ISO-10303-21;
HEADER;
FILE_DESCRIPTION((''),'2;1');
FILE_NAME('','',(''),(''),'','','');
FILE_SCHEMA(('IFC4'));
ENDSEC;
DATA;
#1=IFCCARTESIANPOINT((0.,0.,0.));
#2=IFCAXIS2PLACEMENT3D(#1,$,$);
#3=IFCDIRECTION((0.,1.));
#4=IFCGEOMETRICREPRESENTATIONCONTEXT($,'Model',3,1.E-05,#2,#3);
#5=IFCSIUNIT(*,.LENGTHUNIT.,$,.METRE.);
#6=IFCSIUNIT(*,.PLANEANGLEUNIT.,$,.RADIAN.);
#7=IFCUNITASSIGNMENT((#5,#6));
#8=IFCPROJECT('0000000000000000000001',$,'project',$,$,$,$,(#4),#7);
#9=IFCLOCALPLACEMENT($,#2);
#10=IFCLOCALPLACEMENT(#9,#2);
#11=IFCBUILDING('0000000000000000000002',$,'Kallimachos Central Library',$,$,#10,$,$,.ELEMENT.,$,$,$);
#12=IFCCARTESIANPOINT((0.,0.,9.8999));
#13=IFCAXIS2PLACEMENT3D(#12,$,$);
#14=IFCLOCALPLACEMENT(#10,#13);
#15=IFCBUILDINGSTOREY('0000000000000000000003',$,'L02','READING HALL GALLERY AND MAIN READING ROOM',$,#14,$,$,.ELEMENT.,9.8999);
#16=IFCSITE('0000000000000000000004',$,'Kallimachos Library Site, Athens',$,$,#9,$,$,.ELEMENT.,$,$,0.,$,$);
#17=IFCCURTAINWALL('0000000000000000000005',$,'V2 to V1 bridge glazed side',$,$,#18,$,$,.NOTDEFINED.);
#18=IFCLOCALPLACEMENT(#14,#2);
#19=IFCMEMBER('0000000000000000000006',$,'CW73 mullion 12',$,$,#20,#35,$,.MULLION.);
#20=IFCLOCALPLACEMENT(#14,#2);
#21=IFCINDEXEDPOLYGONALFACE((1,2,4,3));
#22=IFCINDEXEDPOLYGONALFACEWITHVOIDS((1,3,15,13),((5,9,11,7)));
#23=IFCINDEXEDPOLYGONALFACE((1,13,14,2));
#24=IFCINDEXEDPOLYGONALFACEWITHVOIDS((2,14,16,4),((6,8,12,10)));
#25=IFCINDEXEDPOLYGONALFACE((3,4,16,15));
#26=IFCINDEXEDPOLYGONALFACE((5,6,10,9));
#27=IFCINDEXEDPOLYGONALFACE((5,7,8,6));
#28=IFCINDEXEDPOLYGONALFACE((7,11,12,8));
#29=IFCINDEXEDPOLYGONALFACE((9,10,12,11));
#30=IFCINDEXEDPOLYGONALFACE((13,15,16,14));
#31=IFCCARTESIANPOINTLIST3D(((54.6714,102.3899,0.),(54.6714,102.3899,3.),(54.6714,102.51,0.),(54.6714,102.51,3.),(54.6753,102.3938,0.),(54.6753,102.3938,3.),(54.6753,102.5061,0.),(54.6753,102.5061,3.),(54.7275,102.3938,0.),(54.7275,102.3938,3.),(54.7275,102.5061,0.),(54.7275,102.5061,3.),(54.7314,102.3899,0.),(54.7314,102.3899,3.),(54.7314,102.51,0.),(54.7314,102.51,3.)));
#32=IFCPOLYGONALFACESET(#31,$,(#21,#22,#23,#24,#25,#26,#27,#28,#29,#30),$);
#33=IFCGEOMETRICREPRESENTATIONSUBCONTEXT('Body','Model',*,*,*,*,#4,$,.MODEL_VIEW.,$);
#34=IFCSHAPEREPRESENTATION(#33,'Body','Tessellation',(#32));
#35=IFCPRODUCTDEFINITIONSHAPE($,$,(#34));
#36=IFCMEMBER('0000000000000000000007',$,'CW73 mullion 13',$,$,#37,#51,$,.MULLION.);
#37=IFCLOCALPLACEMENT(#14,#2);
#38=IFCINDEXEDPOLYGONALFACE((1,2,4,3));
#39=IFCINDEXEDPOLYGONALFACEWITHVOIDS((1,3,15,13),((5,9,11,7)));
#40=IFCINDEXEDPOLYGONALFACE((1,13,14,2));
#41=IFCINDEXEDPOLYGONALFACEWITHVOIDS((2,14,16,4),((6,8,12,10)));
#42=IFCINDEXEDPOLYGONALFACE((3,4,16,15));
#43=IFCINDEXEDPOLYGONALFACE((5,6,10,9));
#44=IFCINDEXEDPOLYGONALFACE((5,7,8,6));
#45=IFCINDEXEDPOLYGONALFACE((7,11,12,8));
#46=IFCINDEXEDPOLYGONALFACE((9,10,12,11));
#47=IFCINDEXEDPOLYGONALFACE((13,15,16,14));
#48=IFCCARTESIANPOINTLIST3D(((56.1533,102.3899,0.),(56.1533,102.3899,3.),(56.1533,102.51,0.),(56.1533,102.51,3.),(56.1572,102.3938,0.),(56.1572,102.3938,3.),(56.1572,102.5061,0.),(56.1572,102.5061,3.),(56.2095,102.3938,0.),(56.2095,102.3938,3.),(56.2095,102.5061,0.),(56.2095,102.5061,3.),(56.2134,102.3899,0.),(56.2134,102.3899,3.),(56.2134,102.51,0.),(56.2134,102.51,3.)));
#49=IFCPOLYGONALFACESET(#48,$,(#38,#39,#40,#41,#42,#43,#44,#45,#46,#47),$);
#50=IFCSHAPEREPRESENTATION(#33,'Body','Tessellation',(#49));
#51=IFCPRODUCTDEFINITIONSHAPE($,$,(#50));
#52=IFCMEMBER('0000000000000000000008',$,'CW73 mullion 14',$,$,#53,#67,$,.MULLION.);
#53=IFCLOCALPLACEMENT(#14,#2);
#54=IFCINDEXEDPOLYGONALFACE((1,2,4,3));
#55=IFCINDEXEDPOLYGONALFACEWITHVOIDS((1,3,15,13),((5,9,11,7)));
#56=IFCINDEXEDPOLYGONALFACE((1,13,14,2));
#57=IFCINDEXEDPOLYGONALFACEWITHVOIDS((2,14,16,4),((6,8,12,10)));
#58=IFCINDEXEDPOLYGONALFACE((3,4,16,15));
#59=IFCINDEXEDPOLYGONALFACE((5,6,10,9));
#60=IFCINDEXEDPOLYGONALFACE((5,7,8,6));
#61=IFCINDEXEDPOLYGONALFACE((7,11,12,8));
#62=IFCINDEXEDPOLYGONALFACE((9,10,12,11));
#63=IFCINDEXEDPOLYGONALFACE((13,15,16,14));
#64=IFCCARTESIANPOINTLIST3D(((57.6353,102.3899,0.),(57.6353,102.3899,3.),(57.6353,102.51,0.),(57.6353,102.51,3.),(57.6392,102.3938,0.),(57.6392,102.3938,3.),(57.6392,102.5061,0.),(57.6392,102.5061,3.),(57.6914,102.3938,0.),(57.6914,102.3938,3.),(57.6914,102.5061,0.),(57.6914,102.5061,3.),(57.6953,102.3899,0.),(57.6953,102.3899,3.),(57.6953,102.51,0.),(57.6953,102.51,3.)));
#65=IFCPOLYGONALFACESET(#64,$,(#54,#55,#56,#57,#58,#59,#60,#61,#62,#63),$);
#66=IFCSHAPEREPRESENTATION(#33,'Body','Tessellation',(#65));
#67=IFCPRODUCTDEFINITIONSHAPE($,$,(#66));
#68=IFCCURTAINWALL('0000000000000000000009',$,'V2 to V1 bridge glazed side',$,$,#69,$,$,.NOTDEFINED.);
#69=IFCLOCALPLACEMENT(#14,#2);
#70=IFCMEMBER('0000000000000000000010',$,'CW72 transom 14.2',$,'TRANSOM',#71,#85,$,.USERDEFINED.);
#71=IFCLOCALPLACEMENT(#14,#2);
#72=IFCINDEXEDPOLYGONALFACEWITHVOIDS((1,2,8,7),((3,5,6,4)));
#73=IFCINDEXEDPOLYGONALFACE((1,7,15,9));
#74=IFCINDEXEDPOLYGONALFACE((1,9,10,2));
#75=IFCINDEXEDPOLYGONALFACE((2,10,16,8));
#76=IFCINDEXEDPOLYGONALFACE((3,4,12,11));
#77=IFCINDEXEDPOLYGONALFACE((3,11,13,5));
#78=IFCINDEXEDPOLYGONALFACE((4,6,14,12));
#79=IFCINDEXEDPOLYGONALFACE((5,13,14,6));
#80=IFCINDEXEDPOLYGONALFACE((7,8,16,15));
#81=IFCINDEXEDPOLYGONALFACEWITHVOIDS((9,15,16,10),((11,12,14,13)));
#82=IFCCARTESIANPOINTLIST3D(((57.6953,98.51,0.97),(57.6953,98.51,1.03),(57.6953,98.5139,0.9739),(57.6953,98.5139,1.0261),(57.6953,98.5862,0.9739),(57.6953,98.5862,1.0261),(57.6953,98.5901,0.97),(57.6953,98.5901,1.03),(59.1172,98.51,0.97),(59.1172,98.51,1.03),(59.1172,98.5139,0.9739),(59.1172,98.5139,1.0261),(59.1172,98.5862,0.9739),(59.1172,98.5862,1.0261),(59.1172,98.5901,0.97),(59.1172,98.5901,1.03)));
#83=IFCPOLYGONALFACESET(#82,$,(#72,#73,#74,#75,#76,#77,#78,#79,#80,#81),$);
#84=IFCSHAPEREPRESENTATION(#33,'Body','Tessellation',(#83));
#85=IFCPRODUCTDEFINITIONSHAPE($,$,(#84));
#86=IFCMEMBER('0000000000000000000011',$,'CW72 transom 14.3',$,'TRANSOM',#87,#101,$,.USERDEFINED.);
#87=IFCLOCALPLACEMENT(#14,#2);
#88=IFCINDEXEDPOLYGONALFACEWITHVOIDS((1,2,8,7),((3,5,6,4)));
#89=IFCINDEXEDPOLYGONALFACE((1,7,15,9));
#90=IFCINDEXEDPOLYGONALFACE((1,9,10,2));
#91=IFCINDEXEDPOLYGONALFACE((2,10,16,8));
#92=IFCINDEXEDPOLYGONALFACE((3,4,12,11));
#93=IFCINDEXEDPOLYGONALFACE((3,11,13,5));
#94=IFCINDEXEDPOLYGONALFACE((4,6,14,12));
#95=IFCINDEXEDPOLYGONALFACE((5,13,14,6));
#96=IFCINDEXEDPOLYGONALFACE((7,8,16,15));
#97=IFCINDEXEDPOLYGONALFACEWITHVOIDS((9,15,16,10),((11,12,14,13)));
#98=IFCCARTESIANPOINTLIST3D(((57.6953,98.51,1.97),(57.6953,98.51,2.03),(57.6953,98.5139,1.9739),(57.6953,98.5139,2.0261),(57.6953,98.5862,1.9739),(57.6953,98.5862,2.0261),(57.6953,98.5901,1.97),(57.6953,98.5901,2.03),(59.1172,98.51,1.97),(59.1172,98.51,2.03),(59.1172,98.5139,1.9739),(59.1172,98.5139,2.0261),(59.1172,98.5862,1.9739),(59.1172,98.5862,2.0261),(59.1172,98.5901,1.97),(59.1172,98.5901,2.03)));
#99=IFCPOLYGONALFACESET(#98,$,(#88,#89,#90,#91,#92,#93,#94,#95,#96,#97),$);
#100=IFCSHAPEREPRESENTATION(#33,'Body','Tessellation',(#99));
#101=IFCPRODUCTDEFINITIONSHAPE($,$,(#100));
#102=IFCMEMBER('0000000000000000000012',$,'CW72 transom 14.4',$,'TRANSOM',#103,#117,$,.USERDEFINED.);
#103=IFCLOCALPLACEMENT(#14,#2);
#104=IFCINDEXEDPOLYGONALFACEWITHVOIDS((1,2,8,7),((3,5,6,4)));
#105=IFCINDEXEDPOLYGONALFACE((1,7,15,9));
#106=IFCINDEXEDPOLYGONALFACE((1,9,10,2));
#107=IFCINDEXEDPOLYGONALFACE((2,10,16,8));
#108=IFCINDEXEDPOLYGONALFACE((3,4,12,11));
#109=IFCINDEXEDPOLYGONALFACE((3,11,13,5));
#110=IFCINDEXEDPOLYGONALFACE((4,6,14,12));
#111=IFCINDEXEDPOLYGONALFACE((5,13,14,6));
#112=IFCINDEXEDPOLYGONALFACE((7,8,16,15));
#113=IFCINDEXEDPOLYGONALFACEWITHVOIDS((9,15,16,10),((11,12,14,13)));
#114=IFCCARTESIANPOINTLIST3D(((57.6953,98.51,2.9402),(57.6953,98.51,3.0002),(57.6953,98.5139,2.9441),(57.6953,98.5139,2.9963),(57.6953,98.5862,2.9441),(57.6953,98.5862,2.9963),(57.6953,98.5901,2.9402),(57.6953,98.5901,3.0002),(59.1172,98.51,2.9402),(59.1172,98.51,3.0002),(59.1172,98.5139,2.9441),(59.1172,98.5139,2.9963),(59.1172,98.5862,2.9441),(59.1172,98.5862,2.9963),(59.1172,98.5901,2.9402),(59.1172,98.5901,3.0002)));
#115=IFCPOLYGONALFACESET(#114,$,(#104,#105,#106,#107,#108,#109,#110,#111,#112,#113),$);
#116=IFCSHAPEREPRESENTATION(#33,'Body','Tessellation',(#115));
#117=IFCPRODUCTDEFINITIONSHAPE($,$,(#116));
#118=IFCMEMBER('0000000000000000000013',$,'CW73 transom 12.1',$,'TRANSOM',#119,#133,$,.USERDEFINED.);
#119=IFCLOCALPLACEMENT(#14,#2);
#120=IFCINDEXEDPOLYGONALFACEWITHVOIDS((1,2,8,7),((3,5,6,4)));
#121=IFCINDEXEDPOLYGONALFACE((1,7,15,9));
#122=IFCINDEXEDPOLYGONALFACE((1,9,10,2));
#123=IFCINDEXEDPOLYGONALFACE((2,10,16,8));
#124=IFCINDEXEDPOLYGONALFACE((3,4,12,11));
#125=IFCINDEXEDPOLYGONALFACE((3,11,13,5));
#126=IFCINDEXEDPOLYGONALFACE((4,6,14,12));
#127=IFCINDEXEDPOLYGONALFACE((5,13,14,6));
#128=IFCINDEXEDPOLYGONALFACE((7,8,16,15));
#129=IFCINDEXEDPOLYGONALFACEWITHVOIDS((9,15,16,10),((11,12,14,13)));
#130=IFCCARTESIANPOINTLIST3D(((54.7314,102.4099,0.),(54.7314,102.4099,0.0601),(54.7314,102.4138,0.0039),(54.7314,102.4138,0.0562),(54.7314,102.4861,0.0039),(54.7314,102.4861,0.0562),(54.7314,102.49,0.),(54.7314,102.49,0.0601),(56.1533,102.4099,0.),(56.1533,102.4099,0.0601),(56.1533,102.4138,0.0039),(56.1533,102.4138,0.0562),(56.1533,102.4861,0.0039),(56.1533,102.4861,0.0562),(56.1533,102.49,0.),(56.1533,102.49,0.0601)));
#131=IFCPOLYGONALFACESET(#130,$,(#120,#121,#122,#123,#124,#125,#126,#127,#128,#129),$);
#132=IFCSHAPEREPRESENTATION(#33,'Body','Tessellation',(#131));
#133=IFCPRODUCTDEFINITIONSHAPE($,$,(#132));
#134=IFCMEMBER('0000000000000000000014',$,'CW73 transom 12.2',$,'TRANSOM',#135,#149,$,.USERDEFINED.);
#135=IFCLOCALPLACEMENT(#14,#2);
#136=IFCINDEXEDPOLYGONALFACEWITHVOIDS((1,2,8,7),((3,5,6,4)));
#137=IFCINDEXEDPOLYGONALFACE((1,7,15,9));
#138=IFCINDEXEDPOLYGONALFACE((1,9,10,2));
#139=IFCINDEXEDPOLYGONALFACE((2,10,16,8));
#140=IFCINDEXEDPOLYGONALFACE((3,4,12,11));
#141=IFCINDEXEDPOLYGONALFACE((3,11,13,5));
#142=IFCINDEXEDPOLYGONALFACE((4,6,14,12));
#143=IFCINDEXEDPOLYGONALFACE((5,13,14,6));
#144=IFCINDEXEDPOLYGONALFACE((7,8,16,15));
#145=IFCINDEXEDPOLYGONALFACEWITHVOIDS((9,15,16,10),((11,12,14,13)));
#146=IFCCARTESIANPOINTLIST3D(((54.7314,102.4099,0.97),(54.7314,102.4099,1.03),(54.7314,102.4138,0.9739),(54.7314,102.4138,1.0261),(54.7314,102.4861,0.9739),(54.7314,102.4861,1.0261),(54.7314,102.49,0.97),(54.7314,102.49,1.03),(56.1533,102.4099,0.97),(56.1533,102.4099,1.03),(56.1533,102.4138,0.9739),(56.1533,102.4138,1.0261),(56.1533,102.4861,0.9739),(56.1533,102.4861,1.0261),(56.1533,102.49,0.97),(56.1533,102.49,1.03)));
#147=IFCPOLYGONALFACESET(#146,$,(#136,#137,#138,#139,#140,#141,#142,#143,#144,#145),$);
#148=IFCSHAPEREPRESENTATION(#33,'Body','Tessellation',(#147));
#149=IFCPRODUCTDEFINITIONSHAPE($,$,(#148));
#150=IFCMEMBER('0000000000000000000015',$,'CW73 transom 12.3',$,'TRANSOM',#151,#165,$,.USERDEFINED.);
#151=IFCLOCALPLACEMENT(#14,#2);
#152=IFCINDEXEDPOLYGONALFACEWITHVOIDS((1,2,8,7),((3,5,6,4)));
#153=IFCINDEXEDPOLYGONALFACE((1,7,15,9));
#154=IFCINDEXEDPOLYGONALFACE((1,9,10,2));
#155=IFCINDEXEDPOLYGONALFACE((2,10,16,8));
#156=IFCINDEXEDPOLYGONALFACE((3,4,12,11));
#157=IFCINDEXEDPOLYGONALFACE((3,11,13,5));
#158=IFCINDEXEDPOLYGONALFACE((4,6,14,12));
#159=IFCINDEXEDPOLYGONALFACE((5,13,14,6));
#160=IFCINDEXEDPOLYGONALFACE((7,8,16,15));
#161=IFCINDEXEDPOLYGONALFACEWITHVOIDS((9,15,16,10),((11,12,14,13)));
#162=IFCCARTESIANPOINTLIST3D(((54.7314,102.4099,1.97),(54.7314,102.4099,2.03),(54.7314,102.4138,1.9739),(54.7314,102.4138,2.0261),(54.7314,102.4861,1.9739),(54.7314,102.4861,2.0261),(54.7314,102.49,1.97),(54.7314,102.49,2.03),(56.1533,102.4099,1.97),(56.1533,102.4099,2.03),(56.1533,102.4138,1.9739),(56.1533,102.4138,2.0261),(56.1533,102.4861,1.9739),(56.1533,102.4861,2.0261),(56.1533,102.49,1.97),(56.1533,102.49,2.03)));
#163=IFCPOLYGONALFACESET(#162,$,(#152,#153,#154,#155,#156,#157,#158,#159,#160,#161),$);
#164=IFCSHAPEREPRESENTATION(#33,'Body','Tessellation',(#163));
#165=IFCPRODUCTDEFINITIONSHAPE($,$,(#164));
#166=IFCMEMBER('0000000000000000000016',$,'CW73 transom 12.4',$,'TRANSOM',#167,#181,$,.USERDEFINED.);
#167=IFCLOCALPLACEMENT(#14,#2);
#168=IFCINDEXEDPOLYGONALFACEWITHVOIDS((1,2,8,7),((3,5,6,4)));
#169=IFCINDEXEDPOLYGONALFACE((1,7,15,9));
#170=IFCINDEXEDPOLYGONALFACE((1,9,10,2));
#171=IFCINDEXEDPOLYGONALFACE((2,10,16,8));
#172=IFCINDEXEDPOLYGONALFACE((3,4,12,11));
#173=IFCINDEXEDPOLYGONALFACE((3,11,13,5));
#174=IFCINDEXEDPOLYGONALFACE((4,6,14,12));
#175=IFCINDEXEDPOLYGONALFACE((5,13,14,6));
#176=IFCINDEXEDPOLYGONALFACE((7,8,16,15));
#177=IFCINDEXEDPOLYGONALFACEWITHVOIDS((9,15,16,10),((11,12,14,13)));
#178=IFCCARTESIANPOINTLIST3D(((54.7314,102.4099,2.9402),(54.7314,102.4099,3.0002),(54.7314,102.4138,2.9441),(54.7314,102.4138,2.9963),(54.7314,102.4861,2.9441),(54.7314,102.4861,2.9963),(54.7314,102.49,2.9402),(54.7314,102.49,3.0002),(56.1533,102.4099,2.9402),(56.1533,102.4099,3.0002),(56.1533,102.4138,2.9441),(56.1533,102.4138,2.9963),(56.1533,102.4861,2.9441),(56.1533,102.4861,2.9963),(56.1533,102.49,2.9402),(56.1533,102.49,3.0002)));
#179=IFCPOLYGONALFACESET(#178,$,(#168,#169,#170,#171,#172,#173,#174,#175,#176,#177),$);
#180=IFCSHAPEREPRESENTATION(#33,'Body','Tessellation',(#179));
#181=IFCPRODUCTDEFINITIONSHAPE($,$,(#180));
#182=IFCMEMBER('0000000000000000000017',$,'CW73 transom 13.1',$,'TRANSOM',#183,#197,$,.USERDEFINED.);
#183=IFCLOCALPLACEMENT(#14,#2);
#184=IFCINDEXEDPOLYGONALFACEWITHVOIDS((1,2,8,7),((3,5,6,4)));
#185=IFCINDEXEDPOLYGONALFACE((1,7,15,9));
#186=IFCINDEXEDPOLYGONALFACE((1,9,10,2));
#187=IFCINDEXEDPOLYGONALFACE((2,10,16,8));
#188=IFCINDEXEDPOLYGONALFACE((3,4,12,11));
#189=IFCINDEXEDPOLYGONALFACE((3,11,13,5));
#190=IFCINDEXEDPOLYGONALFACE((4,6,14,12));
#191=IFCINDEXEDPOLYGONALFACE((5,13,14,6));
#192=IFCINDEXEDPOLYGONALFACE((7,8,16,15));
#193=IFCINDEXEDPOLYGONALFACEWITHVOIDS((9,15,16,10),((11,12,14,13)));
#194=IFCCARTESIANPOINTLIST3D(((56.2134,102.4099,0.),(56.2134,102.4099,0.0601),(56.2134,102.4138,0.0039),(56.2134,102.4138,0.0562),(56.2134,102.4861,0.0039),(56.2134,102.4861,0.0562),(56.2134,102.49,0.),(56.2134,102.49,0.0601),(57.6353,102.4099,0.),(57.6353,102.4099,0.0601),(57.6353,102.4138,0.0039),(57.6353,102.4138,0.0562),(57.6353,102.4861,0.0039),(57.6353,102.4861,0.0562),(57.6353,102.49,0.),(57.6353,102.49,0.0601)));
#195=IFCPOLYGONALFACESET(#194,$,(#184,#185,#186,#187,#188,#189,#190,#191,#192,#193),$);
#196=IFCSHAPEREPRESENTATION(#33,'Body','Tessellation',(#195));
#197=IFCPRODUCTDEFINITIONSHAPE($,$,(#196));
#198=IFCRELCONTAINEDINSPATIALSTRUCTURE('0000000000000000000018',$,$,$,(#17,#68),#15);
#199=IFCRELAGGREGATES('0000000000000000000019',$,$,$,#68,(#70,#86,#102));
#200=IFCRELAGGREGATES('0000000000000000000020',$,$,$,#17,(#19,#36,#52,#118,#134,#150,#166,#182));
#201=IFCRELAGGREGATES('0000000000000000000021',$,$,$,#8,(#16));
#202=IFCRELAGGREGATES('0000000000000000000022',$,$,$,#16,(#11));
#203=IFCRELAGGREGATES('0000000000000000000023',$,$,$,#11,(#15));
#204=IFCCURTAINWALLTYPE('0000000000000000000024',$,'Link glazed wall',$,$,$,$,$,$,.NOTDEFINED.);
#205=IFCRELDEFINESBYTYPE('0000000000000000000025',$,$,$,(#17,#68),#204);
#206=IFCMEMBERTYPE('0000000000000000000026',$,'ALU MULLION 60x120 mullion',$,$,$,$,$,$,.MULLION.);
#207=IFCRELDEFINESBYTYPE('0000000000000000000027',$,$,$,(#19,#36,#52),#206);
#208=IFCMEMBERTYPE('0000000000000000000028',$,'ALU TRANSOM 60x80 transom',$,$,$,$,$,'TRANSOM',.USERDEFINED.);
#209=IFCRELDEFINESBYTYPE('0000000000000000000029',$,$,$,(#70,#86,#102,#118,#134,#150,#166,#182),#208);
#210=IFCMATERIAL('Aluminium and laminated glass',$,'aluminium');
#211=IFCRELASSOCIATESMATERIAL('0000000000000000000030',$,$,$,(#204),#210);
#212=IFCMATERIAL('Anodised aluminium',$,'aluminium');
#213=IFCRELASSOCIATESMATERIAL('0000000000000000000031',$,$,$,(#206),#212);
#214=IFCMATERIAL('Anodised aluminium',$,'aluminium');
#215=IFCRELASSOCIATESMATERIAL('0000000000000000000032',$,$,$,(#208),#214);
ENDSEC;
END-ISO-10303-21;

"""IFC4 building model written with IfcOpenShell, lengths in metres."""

from ifc_helpers import new_model, si_unit, direction, frame, origin, origin_2d, place, context, subcontext, project, spatial, hollow_rectangle, extrude, material, material_profile, profile_set, type_object, element, aggregate, save


model = new_model("IFC4")

# Units and contexts
model_context = context("Model", 3, precision=1e-05, world=origin(), true_north=direction((0.0, 1.0)))
body_context = subcontext(model_context, "Body", "Model", "MODEL_VIEW")
ifc_project = project(units=[si_unit("LENGTHUNIT", "METRE"), si_unit("PLANEANGLEUNIT", "RADIAN")], contexts=[model_context])

# Site, building, storey
site_placement = place(None, origin())
site = spatial("IfcSite", under=ifc_project, at=site_placement, Name="Kallimachos Library Site, Athens", CompositionType="ELEMENT", RefElevation=0.0)
building_placement = place(site_placement, origin())
building = spatial("IfcBuilding", under=site, at=building_placement, Name="Kallimachos Central Library", CompositionType="ELEMENT")
storey_placement = place(building_placement, frame((0.0, 0.0, 9.8999)))
storey = spatial("IfcBuildingStorey", under=building, at=storey_placement, Name="L02", Description="READING HALL GALLERY AND MAIN READING ROOM", CompositionType="ELEMENT", Elevation=9.8999)

# Curtain walls, members
ifc_material_1 = material(Name="Aluminium and laminated glass", Category="aluminium")
curtain_wall_type = type_object("IfcCurtainWallType", Name="Link glazed wall", PredefinedType="NOTDEFINED", material=ifc_material_1)
curtain_wall_1_placement = place(storey_placement, origin())
curtain_wall_1 = element("IfcCurtainWall", 1, at=curtain_wall_1_placement, inside=storey, type_object=curtain_wall_type, Name="V2 to V1 bridge glazed side", PredefinedType="NOTDEFINED")
ifc_material_2 = material(Name="Anodised aluminium", Category="aluminium")
ifc_material_profile_1 = material_profile(ifc_material_2, hollow_rectangle(XDim=0.0601, YDim=0.1201, WallThickness=0.0039, at=origin_2d()), Name="ALU MULLION 60x120")
ifc_profile_set_1 = profile_set([ifc_material_profile_1], Name="Anodised aluminium")
member_type_1 = type_object("IfcMemberType", Name="ALU MULLION 60x120 mullion", PredefinedType="MULLION", material=ifc_profile_set_1)
member_1_placement = place(storey_placement, frame((54.7014, 102.45, 0.0), z_axis=(0.0, 0.0, 1.0), x_axis=(1.0, 0.0, 0.0)))
member_1 = element("IfcMember", 2, at=member_1_placement, type_object=member_type_1, Name="CW73 mullion 12", PredefinedType="MULLION", context=body_context, shape_type="SweptSolid", body=[
    extrude(hollow_rectangle(XDim=0.0601, YDim=0.1201, WallThickness=0.0039, at=origin_2d()), origin(), (0.0, 0.0, 1.0), 3.0),
])
member_2_placement = place(storey_placement, frame((56.1833, 102.45, 0.0), z_axis=(0.0, 0.0, 1.0), x_axis=(1.0, 0.0, 0.0)))
member_2 = element("IfcMember", 3, at=member_2_placement, type_object=member_type_1, Name="CW73 mullion 13", PredefinedType="MULLION", context=body_context, shape_type="SweptSolid", body=[
    extrude(hollow_rectangle(XDim=0.0601, YDim=0.1201, WallThickness=0.0039, at=origin_2d()), origin(), (0.0, 0.0, 1.0), 3.0),
])
member_3_placement = place(storey_placement, frame((57.6653, 102.45, 0.0), z_axis=(0.0, 0.0, 1.0), x_axis=(1.0, 0.0, 0.0)))
member_3 = element("IfcMember", 4, at=member_3_placement, type_object=member_type_1, Name="CW73 mullion 14", PredefinedType="MULLION", context=body_context, shape_type="SweptSolid", body=[
    extrude(hollow_rectangle(XDim=0.0601, YDim=0.1201, WallThickness=0.0039, at=origin_2d()), origin(), (0.0, 0.0, 1.0), 3.0),
])
curtain_wall_2_placement = place(storey_placement, origin())
curtain_wall_2 = element("IfcCurtainWall", 5, at=curtain_wall_2_placement, inside=storey, type_object=curtain_wall_type, Name="V2 to V1 bridge glazed side", PredefinedType="NOTDEFINED")
ifc_material_3 = material(Name="Anodised aluminium", Category="aluminium")
ifc_material_profile_2 = material_profile(ifc_material_3, hollow_rectangle(XDim=0.0601, YDim=0.0801, WallThickness=0.0039, at=origin_2d()), Name="ALU TRANSOM 60x80")
ifc_profile_set_2 = profile_set([ifc_material_profile_2], Name="Anodised aluminium")
member_type_2 = type_object("IfcMemberType", Name="ALU TRANSOM 60x80 transom", ElementType="TRANSOM", PredefinedType="USERDEFINED", material=ifc_profile_set_2)
member_4_placement = place(storey_placement, frame((57.6953, 98.55, 1.0), z_axis=(1.0, 0.0, 0.0), x_axis=(0.0, 0.0, 1.0)))
member_4 = element("IfcMember", 6, at=member_4_placement, type_object=member_type_2, Name="CW72 transom 14.2", ObjectType="TRANSOM", PredefinedType="USERDEFINED", context=body_context, shape_type="SweptSolid", body=[
    extrude(hollow_rectangle(XDim=0.0601, YDim=0.0801, WallThickness=0.0039, at=origin_2d()), origin(), (0.0, 0.0, 1.0), 1.4219),
])
member_5_placement = place(storey_placement, frame((57.6953, 98.55, 2.0), z_axis=(1.0, 0.0, 0.0), x_axis=(0.0, 0.0, 1.0)))
member_5 = element("IfcMember", 7, at=member_5_placement, type_object=member_type_2, Name="CW72 transom 14.3", ObjectType="TRANSOM", PredefinedType="USERDEFINED", context=body_context, shape_type="SweptSolid", body=[
    extrude(hollow_rectangle(XDim=0.0601, YDim=0.0801, WallThickness=0.0039, at=origin_2d()), origin(), (0.0, 0.0, 1.0), 1.4219),
])
member_6_placement = place(storey_placement, frame((57.6953, 98.55, 2.9702), z_axis=(1.0, 0.0, 0.0), x_axis=(0.0, 0.0, 1.0)))
member_6 = element("IfcMember", 8, at=member_6_placement, type_object=member_type_2, Name="CW72 transom 14.4", ObjectType="TRANSOM", PredefinedType="USERDEFINED", context=body_context, shape_type="SweptSolid", body=[
    extrude(hollow_rectangle(XDim=0.0601, YDim=0.0801, WallThickness=0.0039, at=origin_2d()), origin(), (0.0, 0.0, 1.0), 1.4219),
])
aggregate(curtain_wall_2, [member_4, member_5, member_6])

# Members
member_7_placement = place(storey_placement, frame((54.7314, 102.45, 0.03), z_axis=(1.0, 0.0, 0.0), x_axis=(0.0, 0.0, 1.0)))
member_7 = element("IfcMember", 9, at=member_7_placement, type_object=member_type_2, Name="CW73 transom 12.1", ObjectType="TRANSOM", PredefinedType="USERDEFINED", context=body_context, shape_type="SweptSolid", body=[
    extrude(hollow_rectangle(XDim=0.0601, YDim=0.0801, WallThickness=0.0039, at=origin_2d()), origin(), (0.0, 0.0, 1.0), 1.4219),
])
member_8_placement = place(storey_placement, frame((54.7314, 102.45, 1.0), z_axis=(1.0, 0.0, 0.0), x_axis=(0.0, 0.0, 1.0)))
member_8 = element("IfcMember", 10, at=member_8_placement, type_object=member_type_2, Name="CW73 transom 12.2", ObjectType="TRANSOM", PredefinedType="USERDEFINED", context=body_context, shape_type="SweptSolid", body=[
    extrude(hollow_rectangle(XDim=0.0601, YDim=0.0801, WallThickness=0.0039, at=origin_2d()), origin(), (0.0, 0.0, 1.0), 1.4219),
])
member_9_placement = place(storey_placement, frame((54.7314, 102.45, 2.0), z_axis=(1.0, 0.0, 0.0), x_axis=(0.0, 0.0, 1.0)))
member_9 = element("IfcMember", 11, at=member_9_placement, type_object=member_type_2, Name="CW73 transom 12.3", ObjectType="TRANSOM", PredefinedType="USERDEFINED", context=body_context, shape_type="SweptSolid", body=[
    extrude(hollow_rectangle(XDim=0.0601, YDim=0.0801, WallThickness=0.0039, at=origin_2d()), origin(), (0.0, 0.0, 1.0), 1.4219),
])
member_10_placement = place(storey_placement, frame((54.7314, 102.45, 2.9702), z_axis=(1.0, 0.0, 0.0), x_axis=(0.0, 0.0, 1.0)))
member_10 = element("IfcMember", 12, at=member_10_placement, type_object=member_type_2, Name="CW73 transom 12.4", ObjectType="TRANSOM", PredefinedType="USERDEFINED", context=body_context, shape_type="SweptSolid", body=[
    extrude(hollow_rectangle(XDim=0.0601, YDim=0.0801, WallThickness=0.0039, at=origin_2d()), origin(), (0.0, 0.0, 1.0), 1.4219),
])
member_11_placement = place(storey_placement, frame((56.2134, 102.45, 0.03), z_axis=(1.0, 0.0, 0.0), x_axis=(0.0, 0.0, 1.0)))
member_11 = element("IfcMember", 13, at=member_11_placement, type_object=member_type_2, Name="CW73 transom 13.1", ObjectType="TRANSOM", PredefinedType="USERDEFINED", context=body_context, shape_type="SweptSolid", body=[
    extrude(hollow_rectangle(XDim=0.0601, YDim=0.0801, WallThickness=0.0039, at=origin_2d()), origin(), (0.0, 0.0, 1.0), 1.4219),
])

aggregate(curtain_wall_1, [member_1, member_2, member_3, member_7, member_8, member_9, member_10, member_11])

save(model, "model.ifc")
